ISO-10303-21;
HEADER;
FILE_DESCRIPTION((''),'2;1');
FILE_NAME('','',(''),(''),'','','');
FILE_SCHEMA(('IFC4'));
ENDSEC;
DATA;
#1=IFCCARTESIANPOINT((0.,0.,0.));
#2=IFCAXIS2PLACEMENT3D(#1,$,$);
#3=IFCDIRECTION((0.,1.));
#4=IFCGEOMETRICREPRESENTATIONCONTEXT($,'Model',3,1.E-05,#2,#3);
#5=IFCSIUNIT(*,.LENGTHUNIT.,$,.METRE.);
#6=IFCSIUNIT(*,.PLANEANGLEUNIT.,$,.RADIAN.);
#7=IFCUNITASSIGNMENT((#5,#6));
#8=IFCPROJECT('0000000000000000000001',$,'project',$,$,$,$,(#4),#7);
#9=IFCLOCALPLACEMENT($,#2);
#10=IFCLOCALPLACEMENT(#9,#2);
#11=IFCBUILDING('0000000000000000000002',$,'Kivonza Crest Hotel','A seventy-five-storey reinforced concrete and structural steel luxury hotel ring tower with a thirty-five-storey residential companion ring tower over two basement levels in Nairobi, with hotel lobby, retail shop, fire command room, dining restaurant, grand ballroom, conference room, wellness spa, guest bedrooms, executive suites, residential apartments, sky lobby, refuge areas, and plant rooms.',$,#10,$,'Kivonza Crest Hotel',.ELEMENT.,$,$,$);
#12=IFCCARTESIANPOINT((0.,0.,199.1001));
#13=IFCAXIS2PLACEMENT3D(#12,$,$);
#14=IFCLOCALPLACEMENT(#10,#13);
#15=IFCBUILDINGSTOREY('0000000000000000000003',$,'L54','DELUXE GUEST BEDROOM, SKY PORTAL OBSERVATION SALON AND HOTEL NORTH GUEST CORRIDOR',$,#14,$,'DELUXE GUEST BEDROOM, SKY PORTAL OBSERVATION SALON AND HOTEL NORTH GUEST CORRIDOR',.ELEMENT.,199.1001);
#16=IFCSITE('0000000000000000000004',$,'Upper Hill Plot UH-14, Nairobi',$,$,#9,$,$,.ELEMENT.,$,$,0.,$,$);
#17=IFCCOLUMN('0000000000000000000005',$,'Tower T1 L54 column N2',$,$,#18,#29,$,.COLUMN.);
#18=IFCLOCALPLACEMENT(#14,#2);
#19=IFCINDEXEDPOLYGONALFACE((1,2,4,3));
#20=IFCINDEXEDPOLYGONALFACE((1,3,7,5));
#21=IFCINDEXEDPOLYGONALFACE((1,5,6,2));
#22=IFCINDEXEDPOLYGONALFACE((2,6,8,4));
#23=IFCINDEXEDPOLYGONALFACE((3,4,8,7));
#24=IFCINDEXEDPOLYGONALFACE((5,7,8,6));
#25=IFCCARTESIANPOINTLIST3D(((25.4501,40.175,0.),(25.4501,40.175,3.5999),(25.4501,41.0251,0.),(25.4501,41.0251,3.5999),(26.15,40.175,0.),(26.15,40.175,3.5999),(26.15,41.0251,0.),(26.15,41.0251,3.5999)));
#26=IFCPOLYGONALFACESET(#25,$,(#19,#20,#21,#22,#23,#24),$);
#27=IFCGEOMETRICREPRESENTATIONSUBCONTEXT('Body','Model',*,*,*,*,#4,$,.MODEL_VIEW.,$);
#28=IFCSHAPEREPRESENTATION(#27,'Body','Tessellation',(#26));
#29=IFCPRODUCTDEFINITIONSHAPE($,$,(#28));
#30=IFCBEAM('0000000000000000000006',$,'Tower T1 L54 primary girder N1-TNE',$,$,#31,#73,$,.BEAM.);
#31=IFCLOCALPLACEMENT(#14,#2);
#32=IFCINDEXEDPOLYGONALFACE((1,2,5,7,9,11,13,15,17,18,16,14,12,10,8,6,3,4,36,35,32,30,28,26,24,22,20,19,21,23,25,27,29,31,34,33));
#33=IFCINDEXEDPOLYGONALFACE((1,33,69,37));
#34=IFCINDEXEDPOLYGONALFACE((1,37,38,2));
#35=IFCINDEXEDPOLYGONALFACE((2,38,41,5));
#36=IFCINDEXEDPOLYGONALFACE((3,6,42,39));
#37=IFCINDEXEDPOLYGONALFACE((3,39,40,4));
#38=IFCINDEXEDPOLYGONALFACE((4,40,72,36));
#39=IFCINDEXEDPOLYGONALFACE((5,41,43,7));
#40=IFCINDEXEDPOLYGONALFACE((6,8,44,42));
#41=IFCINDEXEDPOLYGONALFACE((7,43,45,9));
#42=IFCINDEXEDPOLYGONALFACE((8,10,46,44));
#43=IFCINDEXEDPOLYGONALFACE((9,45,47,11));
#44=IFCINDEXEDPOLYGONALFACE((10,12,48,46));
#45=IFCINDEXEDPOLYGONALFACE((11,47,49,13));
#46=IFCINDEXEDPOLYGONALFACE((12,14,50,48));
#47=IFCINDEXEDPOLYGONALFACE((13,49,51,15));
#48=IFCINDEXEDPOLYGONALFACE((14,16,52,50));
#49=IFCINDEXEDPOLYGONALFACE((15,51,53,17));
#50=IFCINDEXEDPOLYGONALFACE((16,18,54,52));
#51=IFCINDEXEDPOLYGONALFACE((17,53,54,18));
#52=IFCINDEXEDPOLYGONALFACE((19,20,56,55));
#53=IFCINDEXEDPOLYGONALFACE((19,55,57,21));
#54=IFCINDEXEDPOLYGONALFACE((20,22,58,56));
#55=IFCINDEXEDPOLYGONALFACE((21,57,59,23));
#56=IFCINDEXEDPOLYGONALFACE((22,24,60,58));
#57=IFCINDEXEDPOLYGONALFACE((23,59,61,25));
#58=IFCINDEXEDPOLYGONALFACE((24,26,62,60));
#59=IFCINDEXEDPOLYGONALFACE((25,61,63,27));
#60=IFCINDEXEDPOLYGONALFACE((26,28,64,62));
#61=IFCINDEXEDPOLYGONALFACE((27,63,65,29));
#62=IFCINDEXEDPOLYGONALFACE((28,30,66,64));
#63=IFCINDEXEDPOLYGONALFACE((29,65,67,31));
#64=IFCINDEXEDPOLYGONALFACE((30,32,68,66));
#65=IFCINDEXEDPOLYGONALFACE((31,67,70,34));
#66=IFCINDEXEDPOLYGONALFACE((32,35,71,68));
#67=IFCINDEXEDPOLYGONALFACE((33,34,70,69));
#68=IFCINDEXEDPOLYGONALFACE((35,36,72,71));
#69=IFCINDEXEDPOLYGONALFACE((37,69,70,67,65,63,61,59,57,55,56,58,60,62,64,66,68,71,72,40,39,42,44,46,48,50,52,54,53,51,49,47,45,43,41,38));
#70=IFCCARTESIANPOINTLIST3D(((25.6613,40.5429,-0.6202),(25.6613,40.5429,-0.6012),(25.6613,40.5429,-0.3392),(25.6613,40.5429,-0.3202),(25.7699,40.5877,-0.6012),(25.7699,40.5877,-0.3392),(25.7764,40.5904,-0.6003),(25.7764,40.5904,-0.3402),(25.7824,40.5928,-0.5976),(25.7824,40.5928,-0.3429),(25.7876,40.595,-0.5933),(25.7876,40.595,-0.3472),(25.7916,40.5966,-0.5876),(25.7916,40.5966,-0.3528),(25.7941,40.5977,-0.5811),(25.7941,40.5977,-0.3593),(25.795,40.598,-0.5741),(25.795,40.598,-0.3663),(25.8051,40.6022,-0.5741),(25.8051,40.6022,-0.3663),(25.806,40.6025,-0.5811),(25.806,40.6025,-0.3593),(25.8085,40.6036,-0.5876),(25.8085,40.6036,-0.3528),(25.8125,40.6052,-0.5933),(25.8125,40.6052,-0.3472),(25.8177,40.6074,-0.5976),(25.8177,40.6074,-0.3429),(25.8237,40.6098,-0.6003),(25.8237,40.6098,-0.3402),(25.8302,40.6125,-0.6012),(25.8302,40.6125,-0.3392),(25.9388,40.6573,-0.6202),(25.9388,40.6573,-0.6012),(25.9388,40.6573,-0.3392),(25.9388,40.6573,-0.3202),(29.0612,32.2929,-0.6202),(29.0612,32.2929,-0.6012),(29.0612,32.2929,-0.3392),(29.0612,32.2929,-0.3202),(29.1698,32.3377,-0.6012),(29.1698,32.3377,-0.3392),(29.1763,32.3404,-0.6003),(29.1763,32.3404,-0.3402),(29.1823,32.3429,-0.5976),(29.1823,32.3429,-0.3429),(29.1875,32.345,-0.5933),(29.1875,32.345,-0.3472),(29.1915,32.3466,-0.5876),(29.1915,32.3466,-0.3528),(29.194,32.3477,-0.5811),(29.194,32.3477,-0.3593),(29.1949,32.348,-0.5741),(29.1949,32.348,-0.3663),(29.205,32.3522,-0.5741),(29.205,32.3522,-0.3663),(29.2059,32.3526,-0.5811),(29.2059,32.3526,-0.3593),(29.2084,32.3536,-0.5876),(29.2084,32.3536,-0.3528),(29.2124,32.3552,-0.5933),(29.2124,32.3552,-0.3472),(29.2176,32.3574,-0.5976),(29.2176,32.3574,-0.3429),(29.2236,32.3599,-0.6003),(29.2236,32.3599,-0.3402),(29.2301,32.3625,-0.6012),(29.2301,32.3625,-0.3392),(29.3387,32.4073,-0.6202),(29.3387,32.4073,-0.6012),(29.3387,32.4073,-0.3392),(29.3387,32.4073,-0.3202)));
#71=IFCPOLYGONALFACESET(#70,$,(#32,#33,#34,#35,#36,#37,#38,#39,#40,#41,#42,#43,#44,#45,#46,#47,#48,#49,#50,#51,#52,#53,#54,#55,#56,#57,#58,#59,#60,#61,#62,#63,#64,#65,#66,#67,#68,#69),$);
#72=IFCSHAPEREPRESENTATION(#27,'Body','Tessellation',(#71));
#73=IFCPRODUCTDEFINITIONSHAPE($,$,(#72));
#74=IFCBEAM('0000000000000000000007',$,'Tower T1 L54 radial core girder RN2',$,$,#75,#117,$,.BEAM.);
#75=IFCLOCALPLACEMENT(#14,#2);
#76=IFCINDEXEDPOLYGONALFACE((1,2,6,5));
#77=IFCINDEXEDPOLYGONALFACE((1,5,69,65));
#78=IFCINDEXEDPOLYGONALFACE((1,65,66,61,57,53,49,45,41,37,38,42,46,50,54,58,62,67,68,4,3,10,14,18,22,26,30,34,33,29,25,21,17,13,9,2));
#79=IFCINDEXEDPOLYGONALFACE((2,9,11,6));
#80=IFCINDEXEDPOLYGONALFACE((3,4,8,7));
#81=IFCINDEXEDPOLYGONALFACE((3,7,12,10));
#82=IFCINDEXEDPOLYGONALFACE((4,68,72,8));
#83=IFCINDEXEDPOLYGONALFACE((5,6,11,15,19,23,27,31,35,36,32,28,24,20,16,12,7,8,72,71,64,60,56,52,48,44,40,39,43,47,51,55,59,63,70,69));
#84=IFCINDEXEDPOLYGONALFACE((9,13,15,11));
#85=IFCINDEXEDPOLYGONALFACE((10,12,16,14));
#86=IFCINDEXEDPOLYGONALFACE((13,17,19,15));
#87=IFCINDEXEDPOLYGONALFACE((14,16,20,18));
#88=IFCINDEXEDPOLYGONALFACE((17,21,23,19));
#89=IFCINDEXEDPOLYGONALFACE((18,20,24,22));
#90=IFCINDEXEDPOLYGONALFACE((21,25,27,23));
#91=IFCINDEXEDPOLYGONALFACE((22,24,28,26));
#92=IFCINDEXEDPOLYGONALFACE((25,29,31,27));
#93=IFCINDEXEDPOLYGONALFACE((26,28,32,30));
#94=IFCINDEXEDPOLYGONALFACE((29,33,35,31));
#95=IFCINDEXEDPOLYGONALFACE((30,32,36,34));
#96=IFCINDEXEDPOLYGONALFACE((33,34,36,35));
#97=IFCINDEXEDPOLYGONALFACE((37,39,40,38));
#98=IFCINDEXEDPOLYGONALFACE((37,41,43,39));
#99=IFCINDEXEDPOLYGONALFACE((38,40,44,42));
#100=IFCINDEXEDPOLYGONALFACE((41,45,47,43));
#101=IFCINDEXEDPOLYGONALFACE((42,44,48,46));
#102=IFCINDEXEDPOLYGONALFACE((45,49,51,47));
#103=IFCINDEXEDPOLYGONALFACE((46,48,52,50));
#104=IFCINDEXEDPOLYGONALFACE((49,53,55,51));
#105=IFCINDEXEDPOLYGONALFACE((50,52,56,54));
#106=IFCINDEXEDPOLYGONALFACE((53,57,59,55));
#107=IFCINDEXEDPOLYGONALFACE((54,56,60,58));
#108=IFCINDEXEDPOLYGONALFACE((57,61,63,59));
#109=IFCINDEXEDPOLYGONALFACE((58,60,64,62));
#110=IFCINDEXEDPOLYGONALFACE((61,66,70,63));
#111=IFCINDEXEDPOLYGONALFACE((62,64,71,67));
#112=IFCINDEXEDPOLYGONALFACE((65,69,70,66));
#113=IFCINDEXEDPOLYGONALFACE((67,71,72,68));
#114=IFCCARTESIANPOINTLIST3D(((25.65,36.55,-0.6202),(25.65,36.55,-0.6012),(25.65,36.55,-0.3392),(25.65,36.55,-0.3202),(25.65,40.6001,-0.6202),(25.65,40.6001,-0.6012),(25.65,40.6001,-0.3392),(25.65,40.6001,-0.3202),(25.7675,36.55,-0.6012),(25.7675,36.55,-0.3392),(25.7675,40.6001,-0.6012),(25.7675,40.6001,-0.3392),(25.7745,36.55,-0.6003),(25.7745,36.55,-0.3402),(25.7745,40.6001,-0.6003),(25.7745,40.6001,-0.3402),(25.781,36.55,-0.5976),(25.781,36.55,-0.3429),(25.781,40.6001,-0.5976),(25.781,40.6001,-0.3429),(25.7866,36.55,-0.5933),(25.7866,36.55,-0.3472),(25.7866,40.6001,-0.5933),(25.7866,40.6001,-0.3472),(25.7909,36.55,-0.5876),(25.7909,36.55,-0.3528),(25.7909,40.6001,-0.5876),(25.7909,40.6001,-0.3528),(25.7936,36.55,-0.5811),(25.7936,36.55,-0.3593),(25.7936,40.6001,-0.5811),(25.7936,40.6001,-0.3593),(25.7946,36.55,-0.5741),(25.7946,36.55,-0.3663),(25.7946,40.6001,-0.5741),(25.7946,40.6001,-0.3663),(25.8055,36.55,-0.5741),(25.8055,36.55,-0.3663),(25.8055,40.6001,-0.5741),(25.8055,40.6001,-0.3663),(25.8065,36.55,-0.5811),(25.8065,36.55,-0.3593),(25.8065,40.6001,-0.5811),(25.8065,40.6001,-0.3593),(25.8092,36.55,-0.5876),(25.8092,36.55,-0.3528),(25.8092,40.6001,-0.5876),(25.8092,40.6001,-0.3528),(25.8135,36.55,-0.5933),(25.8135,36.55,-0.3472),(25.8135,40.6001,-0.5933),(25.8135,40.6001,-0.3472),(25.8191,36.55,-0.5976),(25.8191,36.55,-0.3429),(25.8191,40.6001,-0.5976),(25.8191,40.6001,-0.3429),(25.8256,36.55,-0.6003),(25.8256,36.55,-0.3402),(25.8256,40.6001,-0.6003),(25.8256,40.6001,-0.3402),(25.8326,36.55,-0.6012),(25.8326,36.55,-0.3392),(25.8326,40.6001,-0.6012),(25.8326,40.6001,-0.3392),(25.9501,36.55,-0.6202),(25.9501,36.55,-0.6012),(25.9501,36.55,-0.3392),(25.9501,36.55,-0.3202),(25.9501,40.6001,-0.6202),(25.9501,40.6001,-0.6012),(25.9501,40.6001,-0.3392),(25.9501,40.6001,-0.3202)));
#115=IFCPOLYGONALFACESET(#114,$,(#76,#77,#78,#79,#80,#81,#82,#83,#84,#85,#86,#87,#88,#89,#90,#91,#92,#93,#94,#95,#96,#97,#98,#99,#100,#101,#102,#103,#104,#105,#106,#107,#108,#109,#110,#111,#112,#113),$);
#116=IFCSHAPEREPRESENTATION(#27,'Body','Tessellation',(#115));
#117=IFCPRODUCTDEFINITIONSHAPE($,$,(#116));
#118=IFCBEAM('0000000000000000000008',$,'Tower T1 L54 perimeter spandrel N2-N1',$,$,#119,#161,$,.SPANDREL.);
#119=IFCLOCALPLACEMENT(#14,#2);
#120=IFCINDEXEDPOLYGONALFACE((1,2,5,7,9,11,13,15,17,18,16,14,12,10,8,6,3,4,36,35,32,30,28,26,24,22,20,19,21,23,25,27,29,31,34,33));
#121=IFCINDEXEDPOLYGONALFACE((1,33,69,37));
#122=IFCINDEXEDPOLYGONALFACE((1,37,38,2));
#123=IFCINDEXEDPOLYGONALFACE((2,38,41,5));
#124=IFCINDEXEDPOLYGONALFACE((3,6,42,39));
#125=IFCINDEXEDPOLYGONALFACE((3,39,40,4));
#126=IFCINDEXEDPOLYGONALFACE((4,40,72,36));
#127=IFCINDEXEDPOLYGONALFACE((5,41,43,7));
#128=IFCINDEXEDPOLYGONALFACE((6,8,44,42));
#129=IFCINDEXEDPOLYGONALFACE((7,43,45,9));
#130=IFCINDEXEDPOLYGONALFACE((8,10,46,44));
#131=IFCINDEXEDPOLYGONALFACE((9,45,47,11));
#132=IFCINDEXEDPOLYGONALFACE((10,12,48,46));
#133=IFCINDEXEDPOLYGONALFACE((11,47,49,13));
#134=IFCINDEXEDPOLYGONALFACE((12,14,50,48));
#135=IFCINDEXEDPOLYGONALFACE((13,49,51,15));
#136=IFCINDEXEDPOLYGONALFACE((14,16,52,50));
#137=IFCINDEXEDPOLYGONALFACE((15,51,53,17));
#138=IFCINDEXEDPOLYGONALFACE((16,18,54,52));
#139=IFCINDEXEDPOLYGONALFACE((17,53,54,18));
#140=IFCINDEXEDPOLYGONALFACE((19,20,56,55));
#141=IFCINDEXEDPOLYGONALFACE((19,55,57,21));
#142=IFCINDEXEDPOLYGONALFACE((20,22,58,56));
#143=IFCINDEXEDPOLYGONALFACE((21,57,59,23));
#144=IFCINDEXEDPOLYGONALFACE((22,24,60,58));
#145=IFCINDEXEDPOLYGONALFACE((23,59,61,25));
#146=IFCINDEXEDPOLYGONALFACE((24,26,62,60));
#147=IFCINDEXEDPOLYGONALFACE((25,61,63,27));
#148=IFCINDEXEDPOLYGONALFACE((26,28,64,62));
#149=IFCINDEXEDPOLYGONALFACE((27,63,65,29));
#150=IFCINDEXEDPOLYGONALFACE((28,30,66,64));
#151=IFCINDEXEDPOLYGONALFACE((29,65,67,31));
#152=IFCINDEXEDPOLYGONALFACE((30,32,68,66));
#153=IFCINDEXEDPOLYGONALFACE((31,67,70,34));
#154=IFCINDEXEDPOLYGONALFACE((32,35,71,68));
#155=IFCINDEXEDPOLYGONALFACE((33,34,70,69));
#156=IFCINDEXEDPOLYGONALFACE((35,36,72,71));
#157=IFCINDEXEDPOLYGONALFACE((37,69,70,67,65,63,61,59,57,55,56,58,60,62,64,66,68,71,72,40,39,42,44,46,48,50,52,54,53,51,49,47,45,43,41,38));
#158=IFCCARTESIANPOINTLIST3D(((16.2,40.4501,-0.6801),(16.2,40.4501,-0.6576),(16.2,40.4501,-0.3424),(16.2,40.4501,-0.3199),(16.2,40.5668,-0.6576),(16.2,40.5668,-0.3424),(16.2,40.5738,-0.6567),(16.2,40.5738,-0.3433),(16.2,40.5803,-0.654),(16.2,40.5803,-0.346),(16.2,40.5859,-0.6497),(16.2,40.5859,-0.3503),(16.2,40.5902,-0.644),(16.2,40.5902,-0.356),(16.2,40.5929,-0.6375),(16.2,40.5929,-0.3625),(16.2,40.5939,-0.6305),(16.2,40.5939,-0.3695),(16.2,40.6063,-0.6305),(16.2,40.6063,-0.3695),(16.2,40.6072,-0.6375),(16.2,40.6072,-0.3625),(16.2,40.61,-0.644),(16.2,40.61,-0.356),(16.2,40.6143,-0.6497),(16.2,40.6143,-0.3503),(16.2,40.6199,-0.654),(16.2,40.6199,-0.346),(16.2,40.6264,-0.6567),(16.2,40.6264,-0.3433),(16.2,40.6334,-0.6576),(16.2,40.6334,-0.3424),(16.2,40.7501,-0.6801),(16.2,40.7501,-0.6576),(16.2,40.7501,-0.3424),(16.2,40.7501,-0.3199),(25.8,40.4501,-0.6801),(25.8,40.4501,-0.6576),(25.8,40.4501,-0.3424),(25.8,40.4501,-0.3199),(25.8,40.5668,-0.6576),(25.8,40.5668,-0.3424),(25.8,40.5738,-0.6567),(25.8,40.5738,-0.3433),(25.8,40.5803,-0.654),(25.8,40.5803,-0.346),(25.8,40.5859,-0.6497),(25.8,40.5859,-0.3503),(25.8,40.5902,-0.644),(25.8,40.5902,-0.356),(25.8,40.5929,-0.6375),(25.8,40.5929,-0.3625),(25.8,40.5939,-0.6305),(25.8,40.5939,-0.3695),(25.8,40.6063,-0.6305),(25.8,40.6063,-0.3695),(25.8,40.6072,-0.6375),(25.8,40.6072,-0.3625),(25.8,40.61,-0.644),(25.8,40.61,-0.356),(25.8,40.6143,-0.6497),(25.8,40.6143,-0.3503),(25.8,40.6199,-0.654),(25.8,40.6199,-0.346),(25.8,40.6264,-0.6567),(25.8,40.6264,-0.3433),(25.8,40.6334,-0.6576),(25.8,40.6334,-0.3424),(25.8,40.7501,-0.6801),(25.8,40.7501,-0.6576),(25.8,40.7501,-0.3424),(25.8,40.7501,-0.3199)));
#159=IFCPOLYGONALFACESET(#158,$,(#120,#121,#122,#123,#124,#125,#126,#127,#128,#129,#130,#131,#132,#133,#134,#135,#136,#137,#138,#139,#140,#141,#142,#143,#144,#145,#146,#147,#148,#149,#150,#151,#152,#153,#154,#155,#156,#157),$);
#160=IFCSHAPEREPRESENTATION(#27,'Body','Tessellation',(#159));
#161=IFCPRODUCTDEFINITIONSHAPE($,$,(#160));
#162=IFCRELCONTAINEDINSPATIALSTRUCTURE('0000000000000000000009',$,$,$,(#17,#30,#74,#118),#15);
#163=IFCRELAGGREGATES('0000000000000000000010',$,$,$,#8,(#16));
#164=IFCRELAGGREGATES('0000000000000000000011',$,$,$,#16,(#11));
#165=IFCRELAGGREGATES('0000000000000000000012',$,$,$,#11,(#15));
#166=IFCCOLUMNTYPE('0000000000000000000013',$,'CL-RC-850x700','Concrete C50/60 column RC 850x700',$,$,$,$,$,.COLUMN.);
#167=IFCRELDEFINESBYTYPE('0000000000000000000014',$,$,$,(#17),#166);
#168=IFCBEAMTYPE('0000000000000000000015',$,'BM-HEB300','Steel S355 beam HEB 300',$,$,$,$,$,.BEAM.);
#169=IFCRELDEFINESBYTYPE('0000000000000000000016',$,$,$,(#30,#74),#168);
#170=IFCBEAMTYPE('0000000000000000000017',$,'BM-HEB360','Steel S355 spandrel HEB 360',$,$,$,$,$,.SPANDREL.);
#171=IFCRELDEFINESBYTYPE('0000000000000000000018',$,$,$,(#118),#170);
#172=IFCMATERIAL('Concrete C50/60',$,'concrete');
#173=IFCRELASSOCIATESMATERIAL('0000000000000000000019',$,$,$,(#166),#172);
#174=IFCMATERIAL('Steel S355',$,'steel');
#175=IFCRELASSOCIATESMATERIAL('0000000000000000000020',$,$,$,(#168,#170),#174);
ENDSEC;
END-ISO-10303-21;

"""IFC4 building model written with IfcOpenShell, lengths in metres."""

from ifc_helpers import new_model, si_unit, direction, frame, origin, origin_2d, place, context, subcontext, project, spatial, rectangle, i_section, extrude, material, material_profile, profile_set, type_object, element, save


model = new_model("IFC4")

# Units and contexts
model_context = context("Model", 3, precision=1e-05, world=origin(), true_north=direction((0.0, 1.0)))
body_context = subcontext(model_context, "Body", "Model", "MODEL_VIEW")
ifc_project = project(units=[si_unit("LENGTHUNIT", "METRE"), si_unit("PLANEANGLEUNIT", "RADIAN")], contexts=[model_context])

# Site, building, storey
site_placement = place(None, origin())
site = spatial("IfcSite", under=ifc_project, at=site_placement, Name="Upper Hill Plot UH-14, Nairobi", CompositionType="ELEMENT", RefElevation=0.0)
building_placement = place(site_placement, origin())
building = spatial("IfcBuilding", under=site, at=building_placement, Name="Kivonza Crest Hotel", Description="A seventy-five-storey reinforced concrete and structural steel luxury hotel ring tower with a thirty-five-storey residential companion ring tower over two basement levels in Nairobi, with hotel lobby, retail shop, fire command room, dining restaurant, grand ballroom, conference room, wellness spa, guest bedrooms, executive suites, residential apartments, sky lobby, refuge areas, and plant rooms.", LongName="Kivonza Crest Hotel", CompositionType="ELEMENT")
storey_placement = place(building_placement, frame((0.0, 0.0, 199.1001)))
storey = spatial("IfcBuildingStorey", under=building, at=storey_placement, Name="L54", Description="DELUXE GUEST BEDROOM, SKY PORTAL OBSERVATION SALON AND HOTEL NORTH GUEST CORRIDOR", LongName="DELUXE GUEST BEDROOM, SKY PORTAL OBSERVATION SALON AND HOTEL NORTH GUEST CORRIDOR", CompositionType="ELEMENT", Elevation=199.1001)

# Column
ifc_material_1 = material(Name="Concrete C50/60", Category="concrete")
ifc_material_profile_1 = material_profile(ifc_material_1, rectangle(XDim=0.7, YDim=0.8501, at=origin_2d()), Name="RC 850x700")
ifc_profile_set_1 = profile_set([ifc_material_profile_1], Name="Concrete C50/60")
column_type = type_object("IfcColumnType", Name="CL-RC-850x700", Description="Concrete C50/60 column RC 850x700", PredefinedType="COLUMN", material=ifc_profile_set_1)
column_placement = place(storey_placement, frame((25.8, 40.6001, 0.0), z_axis=(0.0, 0.0, 1.0), x_axis=(1.0, 0.0, 0.0)))
element("IfcColumn", 1, at=column_placement, inside=storey, type_object=column_type, Name="Tower T1 L54 column N2", PredefinedType="COLUMN", context=body_context, shape_type="SweptSolid", body=[
    extrude(rectangle(XDim=0.7, YDim=0.8501, at=origin_2d()), origin(), (0.0, 0.0, 1.0), 3.5999),
])

# Beams
ifc_material_2 = material(Name="Steel S355", Category="steel")
ifc_material_profile_2 = material_profile(ifc_material_2, i_section(OverallWidth=0.3, OverallDepth=0.3, WebThickness=0.011, FlangeThickness=0.019, FilletRadius=0.0271, at=origin_2d()), Name="HEB 300")
ifc_profile_set_2 = profile_set([ifc_material_profile_2], Name="Steel S355")
beam_type_1 = type_object("IfcBeamType", Name="BM-HEB300", Description="Steel S355 beam HEB 300", PredefinedType="BEAM", material=ifc_profile_set_2)
beam_1_placement = place(storey_placement, frame((25.8, 40.6001, -0.4702), z_axis=(0.381022, -0.924566, 0.0), x_axis=(0.924566, 0.381022, 0.0)))
element("IfcBeam", 2, at=beam_1_placement, inside=storey, type_object=beam_type_1, Name="Tower T1 L54 primary girder N1-TNE", PredefinedType="BEAM", context=body_context, shape_type="SweptSolid", body=[
    extrude(i_section(OverallWidth=0.3, OverallDepth=0.3, WebThickness=0.011, FlangeThickness=0.019, FilletRadius=0.0271, at=origin_2d()), origin(), (0.0, 0.0, 1.0), 8.9231),
])
beam_2_placement = place(storey_placement, frame((25.8, 40.6001, -0.4702), z_axis=(0.0, -1.0, 0.0), x_axis=(1.0, 0.0, 0.0)))
element("IfcBeam", 3, at=beam_2_placement, inside=storey, type_object=beam_type_1, Name="Tower T1 L54 radial core girder RN2", PredefinedType="BEAM", context=body_context, shape_type="SweptSolid", body=[
    extrude(i_section(OverallWidth=0.3, OverallDepth=0.3, WebThickness=0.011, FlangeThickness=0.019, FilletRadius=0.0271, at=origin_2d()), origin(), (0.0, 0.0, 1.0), 4.05),
])
ifc_material_profile_3 = material_profile(ifc_material_2, i_section(OverallWidth=0.3, OverallDepth=0.3601, WebThickness=0.0125, FlangeThickness=0.0225, FilletRadius=0.0271, at=origin_2d()), Name="HEB 360")
ifc_profile_set_3 = profile_set([ifc_material_profile_3], Name="Steel S355")
beam_type_2 = type_object("IfcBeamType", Name="BM-HEB360", Description="Steel S355 spandrel HEB 360", PredefinedType="SPANDREL", material=ifc_profile_set_3)
beam_3_placement = place(storey_placement, frame((25.8, 40.6001, -0.5), z_axis=(-1.0, 0.0, 0.0), x_axis=(0.0, -1.0, 0.0)))
element("IfcBeam", 4, at=beam_3_placement, inside=storey, type_object=beam_type_2, Name="Tower T1 L54 perimeter spandrel N2-N1", PredefinedType="SPANDREL", context=body_context, shape_type="SweptSolid", body=[
    extrude(i_section(OverallWidth=0.3, OverallDepth=0.3601, WebThickness=0.0125, FlangeThickness=0.0225, FilletRadius=0.0271, at=origin_2d()), origin(), (0.0, 0.0, 1.0), 9.6001),
])

save(model, "model.ifc")
